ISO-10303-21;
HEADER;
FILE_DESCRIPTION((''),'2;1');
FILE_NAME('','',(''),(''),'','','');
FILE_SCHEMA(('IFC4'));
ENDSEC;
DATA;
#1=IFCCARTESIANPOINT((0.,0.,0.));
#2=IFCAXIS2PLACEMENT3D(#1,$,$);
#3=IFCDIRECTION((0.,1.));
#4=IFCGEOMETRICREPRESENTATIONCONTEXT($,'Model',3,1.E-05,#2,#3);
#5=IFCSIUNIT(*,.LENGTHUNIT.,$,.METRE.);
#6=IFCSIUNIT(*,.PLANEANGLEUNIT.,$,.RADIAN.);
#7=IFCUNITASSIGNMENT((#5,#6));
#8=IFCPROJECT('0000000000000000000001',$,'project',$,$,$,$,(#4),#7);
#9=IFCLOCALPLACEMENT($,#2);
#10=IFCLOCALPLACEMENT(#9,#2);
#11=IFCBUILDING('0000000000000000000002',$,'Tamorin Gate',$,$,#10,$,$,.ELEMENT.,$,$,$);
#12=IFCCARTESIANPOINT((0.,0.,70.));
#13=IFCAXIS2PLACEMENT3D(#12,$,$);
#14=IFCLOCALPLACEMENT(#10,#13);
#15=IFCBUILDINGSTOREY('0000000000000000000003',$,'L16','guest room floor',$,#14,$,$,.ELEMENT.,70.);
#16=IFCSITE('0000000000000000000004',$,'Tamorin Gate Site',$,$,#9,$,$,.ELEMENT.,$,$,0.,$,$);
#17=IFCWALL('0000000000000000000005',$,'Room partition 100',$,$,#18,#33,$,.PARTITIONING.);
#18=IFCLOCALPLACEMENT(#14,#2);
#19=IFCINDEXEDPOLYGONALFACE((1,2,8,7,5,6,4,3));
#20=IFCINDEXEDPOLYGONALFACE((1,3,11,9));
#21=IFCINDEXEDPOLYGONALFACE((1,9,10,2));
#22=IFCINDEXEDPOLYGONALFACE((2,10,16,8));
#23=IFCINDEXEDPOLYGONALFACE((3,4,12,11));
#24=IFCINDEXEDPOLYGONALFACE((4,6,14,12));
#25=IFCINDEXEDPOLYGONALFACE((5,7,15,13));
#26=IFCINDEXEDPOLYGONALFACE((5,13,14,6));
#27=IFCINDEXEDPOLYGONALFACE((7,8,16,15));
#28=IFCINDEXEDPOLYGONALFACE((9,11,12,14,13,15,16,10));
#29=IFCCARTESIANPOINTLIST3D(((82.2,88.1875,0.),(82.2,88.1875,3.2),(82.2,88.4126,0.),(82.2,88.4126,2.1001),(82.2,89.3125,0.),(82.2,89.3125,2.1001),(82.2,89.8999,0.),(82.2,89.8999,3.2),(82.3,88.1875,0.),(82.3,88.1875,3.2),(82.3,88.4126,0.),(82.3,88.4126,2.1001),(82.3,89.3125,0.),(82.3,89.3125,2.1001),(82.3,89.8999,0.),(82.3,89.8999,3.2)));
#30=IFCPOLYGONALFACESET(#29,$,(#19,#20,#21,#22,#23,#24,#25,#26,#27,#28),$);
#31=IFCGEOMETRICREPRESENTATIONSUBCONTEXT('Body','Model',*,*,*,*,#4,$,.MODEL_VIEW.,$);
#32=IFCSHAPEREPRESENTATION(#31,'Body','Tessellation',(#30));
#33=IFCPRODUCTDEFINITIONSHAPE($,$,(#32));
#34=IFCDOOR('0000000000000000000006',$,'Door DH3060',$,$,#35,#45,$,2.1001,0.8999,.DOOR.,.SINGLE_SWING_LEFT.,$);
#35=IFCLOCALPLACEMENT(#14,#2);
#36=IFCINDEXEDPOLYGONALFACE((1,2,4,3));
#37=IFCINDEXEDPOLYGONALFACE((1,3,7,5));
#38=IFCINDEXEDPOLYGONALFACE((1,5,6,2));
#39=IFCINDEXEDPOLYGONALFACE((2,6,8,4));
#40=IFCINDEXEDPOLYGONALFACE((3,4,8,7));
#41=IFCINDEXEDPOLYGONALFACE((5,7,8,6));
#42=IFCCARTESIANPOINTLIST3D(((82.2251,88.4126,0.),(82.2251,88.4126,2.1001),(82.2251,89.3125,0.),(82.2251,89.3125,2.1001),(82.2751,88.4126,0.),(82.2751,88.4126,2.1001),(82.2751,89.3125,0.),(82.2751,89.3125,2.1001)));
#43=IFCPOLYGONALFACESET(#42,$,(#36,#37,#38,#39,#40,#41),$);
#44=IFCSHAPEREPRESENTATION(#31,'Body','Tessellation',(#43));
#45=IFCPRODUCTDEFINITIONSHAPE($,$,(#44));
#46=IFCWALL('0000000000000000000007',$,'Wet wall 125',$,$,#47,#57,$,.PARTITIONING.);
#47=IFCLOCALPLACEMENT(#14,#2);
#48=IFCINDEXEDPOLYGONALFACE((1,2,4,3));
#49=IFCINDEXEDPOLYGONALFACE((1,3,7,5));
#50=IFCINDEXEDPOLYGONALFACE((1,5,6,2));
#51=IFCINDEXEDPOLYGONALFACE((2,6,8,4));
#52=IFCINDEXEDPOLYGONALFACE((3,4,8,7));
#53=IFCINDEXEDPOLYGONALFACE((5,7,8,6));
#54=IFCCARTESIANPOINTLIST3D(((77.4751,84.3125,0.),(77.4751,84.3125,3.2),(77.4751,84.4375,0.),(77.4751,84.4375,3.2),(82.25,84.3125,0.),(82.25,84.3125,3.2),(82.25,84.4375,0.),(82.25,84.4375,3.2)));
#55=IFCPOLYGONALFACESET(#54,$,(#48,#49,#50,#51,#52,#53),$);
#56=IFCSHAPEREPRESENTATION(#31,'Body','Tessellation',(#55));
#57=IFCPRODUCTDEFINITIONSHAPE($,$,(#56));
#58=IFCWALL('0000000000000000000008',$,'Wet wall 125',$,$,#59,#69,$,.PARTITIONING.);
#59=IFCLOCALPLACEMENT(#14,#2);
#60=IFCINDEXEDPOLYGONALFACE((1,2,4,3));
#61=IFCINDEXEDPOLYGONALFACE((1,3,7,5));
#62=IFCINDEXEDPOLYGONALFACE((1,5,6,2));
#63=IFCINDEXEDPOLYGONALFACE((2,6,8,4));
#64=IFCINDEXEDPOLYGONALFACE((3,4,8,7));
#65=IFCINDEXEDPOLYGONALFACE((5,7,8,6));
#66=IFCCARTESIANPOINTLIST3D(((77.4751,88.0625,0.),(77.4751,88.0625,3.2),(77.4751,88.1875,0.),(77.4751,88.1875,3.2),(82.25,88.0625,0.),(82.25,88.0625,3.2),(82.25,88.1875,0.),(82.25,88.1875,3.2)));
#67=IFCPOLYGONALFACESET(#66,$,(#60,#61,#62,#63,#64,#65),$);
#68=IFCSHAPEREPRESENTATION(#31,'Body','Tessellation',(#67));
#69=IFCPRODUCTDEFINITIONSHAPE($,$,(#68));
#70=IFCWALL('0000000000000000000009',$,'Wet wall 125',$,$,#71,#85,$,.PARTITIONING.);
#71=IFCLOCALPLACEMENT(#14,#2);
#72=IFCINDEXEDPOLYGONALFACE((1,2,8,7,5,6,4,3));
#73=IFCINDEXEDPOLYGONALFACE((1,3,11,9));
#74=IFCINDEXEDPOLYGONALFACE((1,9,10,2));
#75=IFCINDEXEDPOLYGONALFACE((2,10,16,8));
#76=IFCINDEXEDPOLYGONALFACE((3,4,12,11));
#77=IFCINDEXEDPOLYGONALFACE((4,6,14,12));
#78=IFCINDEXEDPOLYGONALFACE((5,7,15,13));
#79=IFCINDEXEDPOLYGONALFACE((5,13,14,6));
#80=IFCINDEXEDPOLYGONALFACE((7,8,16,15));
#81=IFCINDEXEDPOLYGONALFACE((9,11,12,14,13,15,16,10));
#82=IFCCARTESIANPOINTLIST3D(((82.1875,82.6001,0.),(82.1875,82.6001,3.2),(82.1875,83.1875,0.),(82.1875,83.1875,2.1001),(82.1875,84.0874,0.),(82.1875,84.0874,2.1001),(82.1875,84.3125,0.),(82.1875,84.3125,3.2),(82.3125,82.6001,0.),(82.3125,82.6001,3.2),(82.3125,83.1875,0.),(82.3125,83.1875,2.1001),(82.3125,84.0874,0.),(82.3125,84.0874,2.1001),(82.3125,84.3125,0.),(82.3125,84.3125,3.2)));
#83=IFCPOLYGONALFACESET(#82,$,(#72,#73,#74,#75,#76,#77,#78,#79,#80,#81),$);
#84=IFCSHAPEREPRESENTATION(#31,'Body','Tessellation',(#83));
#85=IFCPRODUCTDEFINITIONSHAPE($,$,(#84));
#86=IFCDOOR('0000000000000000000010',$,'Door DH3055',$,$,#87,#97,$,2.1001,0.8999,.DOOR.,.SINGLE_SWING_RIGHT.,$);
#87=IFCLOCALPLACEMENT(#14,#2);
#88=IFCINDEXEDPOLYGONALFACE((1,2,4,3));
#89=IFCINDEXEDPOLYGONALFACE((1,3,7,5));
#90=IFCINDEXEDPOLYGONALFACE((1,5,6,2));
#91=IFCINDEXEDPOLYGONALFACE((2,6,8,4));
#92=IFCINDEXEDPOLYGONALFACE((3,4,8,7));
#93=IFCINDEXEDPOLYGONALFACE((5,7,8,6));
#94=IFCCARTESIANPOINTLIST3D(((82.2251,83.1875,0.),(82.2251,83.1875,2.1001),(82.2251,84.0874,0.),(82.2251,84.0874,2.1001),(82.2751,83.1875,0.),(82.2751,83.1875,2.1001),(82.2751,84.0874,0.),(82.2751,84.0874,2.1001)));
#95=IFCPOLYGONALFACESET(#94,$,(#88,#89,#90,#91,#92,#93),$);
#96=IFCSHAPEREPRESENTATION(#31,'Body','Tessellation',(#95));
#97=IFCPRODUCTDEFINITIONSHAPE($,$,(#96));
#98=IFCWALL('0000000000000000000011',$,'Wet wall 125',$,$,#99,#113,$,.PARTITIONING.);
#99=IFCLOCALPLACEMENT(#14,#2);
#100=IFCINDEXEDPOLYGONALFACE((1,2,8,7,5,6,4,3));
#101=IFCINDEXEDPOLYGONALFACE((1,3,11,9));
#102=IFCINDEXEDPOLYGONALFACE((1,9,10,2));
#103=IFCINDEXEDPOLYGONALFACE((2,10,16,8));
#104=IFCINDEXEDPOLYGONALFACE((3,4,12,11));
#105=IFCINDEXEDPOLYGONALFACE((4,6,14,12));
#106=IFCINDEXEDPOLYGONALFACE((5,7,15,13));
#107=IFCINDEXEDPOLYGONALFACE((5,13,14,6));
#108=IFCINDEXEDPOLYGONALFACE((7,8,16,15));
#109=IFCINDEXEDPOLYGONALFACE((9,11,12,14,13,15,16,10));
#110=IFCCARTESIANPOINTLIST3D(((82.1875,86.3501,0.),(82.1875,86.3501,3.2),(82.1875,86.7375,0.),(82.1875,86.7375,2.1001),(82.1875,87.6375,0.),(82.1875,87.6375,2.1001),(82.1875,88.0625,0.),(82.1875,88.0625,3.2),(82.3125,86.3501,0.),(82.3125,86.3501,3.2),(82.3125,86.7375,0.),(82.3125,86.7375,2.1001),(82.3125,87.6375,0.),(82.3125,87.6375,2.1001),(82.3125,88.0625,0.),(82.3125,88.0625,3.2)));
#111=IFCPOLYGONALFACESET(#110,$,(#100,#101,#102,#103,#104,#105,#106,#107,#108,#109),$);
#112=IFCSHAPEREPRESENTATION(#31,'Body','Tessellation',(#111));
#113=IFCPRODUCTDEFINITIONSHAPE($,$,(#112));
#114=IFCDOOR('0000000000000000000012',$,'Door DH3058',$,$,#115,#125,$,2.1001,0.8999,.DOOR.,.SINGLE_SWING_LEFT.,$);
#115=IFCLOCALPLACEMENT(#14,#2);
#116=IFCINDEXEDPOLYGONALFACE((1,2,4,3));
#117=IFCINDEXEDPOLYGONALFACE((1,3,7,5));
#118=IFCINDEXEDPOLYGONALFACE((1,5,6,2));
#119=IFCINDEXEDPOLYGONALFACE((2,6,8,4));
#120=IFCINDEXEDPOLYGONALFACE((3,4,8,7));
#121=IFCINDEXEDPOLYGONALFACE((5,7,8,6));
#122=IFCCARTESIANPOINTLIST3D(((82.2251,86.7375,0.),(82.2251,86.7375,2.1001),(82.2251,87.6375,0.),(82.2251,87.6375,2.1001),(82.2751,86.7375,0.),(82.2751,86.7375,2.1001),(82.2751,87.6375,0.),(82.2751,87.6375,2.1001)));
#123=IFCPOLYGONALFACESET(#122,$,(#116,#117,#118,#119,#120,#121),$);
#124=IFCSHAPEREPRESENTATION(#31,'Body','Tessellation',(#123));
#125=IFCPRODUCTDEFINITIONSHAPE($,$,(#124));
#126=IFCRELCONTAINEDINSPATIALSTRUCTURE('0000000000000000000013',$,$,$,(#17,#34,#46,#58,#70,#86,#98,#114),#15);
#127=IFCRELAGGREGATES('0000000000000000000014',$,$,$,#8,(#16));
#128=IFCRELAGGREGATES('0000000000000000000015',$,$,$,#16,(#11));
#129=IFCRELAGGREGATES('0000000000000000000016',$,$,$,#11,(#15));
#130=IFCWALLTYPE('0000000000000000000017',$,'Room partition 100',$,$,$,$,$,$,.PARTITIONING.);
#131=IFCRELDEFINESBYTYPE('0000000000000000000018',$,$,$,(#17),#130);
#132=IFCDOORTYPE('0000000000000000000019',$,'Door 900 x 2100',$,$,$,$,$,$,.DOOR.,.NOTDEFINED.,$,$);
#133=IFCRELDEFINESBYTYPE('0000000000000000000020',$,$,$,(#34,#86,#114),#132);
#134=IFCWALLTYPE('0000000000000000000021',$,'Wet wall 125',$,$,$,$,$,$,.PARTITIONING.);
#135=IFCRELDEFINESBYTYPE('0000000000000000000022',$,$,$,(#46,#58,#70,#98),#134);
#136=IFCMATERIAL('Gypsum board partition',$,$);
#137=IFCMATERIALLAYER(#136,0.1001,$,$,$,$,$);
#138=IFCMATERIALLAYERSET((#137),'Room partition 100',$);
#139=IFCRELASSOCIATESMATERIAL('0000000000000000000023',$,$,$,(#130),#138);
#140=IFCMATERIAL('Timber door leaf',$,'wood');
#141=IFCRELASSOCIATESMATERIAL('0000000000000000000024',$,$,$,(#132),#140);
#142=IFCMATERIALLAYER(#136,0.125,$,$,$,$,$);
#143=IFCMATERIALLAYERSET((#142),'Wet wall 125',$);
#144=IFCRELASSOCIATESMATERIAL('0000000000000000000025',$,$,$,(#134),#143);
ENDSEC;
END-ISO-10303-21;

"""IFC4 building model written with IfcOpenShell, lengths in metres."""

from ifc_helpers import new_model, si_unit, direction, frame, frame_2d, origin, place, context, subcontext, project, spatial, rectangle, extrude, material, layer, layer_set, type_object, element, fill, save


model = new_model("IFC4")

# Units and contexts
model_context = context("Model", 3, precision=1e-05, world=origin(), true_north=direction((0.0, 1.0)))
body_context = subcontext(model_context, "Body", "Model", "MODEL_VIEW")
ifc_project = project(units=[si_unit("LENGTHUNIT", "METRE"), si_unit("PLANEANGLEUNIT", "RADIAN")], contexts=[model_context])

# Site, building, storey
site_placement = place(None, origin())
site = spatial("IfcSite", under=ifc_project, at=site_placement, Name="Tamorin Gate Site", CompositionType="ELEMENT", RefElevation=0.0)
building_placement = place(site_placement, origin())
building = spatial("IfcBuilding", under=site, at=building_placement, Name="Tamorin Gate", CompositionType="ELEMENT")
storey_placement = place(building_placement, frame((0.0, 0.0, 70.0)))
storey = spatial("IfcBuildingStorey", under=building, at=storey_placement, Name="L16", Description="guest room floor", CompositionType="ELEMENT", Elevation=70.0)

# Shared definitions
ifc_material_1 = material(Name="Gypsum board partition")

# Wall, opening, door
ifc_layer_1 = layer(ifc_material_1, 0.1001)
ifc_layer_set_1 = layer_set([ifc_layer_1], Name="Room partition 100")
wall_type_1 = type_object("IfcWallType", Name="Room partition 100", PredefinedType="PARTITIONING", material=ifc_layer_set_1)
ifc_material_2 = material(Name="Timber door leaf", Category="wood")
door_type = type_object("IfcDoorType", Name="Door 900 x 2100", OperationType="NOTDEFINED", PredefinedType="DOOR", material=ifc_material_2)
wall_1_placement = place(storey_placement, frame((82.25, 88.1875, 0.0), z_axis=(0.0, 0.0, 1.0), x_axis=(0.0, 1.0, 0.0)))
wall_1 = element("IfcWall", 1, at=wall_1_placement, inside=storey, type_object=wall_type_1, Name="Room partition 100", PredefinedType="PARTITIONING", context=body_context, shape_type="SweptSolid", body=[
    extrude(rectangle(XDim=1.7124, YDim=0.1001, at=frame_2d((0.8562, 0.0))), origin(), (0.0, 0.0, 1.0), 3.2),
])
opening_1_placement = place(wall_1_placement, frame((0.2251, 0.0, 0.0)))
opening_1 = element("IfcOpeningElement", 2, at=opening_1_placement, cuts=wall_1, PredefinedType="OPENING", context=body_context, shape_type="SweptSolid", body=[
    extrude(rectangle(XDim=0.8999, YDim=2.1001, at=frame_2d((0.45, 1.05))), frame((0.0, 0.0601, 0.0), z_axis=(0.0, -1.0, 0.0), x_axis=(1.0, 0.0, 0.0)), (0.0, 0.0, 1.0), 0.1201),
])
door_1_placement = place(opening_1_placement, origin())
door_1 = element("IfcDoor", 3, at=door_1_placement, inside=storey, type_object=door_type, Name="Door DH3060", OperationType="SINGLE_SWING_LEFT", OverallHeight=2.1001, OverallWidth=0.8999, PredefinedType="DOOR", context=body_context, shape_type="SweptSolid", body=[
    extrude(rectangle(XDim=0.8999, YDim=2.1001, at=frame_2d((0.45, 1.05))), frame((0.0, 0.0249, 0.0), z_axis=(0.0, -1.0, 0.0), x_axis=(1.0, 0.0, 0.0)), (0.0, 0.0, 1.0), 0.05),
])
fill(opening_1, door_1)

# Walls
ifc_layer_2 = layer(ifc_material_1, 0.125)
ifc_layer_set_2 = layer_set([ifc_layer_2], Name="Wet wall 125")
wall_type_2 = type_object("IfcWallType", Name="Wet wall 125", PredefinedType="PARTITIONING", material=ifc_layer_set_2)
for number, where, z_axis, x_axis, name in (
    (4, (77.4751, 84.375, 0.0), (0.0, 0.0, 1.0), (1.0, 0.0, 0.0), "Wet wall 125"),
    (5, (77.4751, 88.125, 0.0), (0.0, 0.0, 1.0), (1.0, 0.0, 0.0), "Wet wall 125"),
):
    element("IfcWall", number, at=place(storey_placement, frame(where, z_axis=z_axis, x_axis=x_axis)), inside=storey, type_object=wall_type_2, Name=name, PredefinedType="PARTITIONING", context=body_context, shape_type="SweptSolid", body=[
        extrude(rectangle(XDim=4.7749, YDim=0.125, at=frame_2d((2.3875, 0.0))), origin(), (0.0, 0.0, 1.0), 3.2),
    ])

# Walls, openings, doors
wall_2_placement = place(storey_placement, frame((82.25, 82.6001, 0.0), z_axis=(0.0, 0.0, 1.0), x_axis=(0.0, 1.0, 0.0)))
wall_2 = element("IfcWall", 6, at=wall_2_placement, inside=storey, type_object=wall_type_2, Name="Wet wall 125", PredefinedType="PARTITIONING", context=body_context, shape_type="SweptSolid", body=[
    extrude(rectangle(XDim=1.7124, YDim=0.125, at=frame_2d((0.8562, 0.0))), origin(), (0.0, 0.0, 1.0), 3.2),
])
opening_2_placement = place(wall_2_placement, frame((0.5874, 0.0, 0.0)))
opening_2 = element("IfcOpeningElement", 7, at=opening_2_placement, cuts=wall_2, PredefinedType="OPENING", context=body_context, shape_type="SweptSolid", body=[
    extrude(rectangle(XDim=0.8999, YDim=2.1001, at=frame_2d((0.45, 1.05))), frame((0.0, 0.0725, 0.0), z_axis=(0.0, -1.0, 0.0), x_axis=(1.0, 0.0, 0.0)), (0.0, 0.0, 1.0), 0.145),
])
door_2_placement = place(opening_2_placement, origin())
door_2 = element("IfcDoor", 8, at=door_2_placement, inside=storey, type_object=door_type, Name="Door DH3055", OperationType="SINGLE_SWING_RIGHT", OverallHeight=2.1001, OverallWidth=0.8999, PredefinedType="DOOR", context=body_context, shape_type="SweptSolid", body=[
    extrude(rectangle(XDim=0.8999, YDim=2.1001, at=frame_2d((0.45, 1.05))), frame((0.0, 0.0249, 0.0), z_axis=(0.0, -1.0, 0.0), x_axis=(1.0, 0.0, 0.0)), (0.0, 0.0, 1.0), 0.05),
])
fill(opening_2, door_2)
wall_3_placement = place(storey_placement, frame((82.25, 86.3501, 0.0), z_axis=(0.0, 0.0, 1.0), x_axis=(0.0, 1.0, 0.0)))
wall_3 = element("IfcWall", 9, at=wall_3_placement, inside=storey, type_object=wall_type_2, Name="Wet wall 125", PredefinedType="PARTITIONING", context=body_context, shape_type="SweptSolid", body=[
    extrude(rectangle(XDim=1.7124, YDim=0.125, at=frame_2d((0.8562, 0.0))), origin(), (0.0, 0.0, 1.0), 3.2),
])
opening_3_placement = place(wall_3_placement, frame((0.3875, 0.0, 0.0)))
opening_3 = element("IfcOpeningElement", 10, at=opening_3_placement, cuts=wall_3, PredefinedType="OPENING", context=body_context, shape_type="SweptSolid", body=[
    extrude(rectangle(XDim=0.8999, YDim=2.1001, at=frame_2d((0.45, 1.05))), frame((0.0, 0.0725, 0.0), z_axis=(0.0, -1.0, 0.0), x_axis=(1.0, 0.0, 0.0)), (0.0, 0.0, 1.0), 0.145),
])
door_3_placement = place(opening_3_placement, origin())
door_3 = element("IfcDoor", 11, at=door_3_placement, inside=storey, type_object=door_type, Name="Door DH3058", OperationType="SINGLE_SWING_LEFT", OverallHeight=2.1001, OverallWidth=0.8999, PredefinedType="DOOR", context=body_context, shape_type="SweptSolid", body=[
    extrude(rectangle(XDim=0.8999, YDim=2.1001, at=frame_2d((0.45, 1.05))), frame((0.0, 0.0249, 0.0), z_axis=(0.0, -1.0, 0.0), x_axis=(1.0, 0.0, 0.0)), (0.0, 0.0, 1.0), 0.05),
])
fill(opening_3, door_3)

save(model, "model.ifc")
